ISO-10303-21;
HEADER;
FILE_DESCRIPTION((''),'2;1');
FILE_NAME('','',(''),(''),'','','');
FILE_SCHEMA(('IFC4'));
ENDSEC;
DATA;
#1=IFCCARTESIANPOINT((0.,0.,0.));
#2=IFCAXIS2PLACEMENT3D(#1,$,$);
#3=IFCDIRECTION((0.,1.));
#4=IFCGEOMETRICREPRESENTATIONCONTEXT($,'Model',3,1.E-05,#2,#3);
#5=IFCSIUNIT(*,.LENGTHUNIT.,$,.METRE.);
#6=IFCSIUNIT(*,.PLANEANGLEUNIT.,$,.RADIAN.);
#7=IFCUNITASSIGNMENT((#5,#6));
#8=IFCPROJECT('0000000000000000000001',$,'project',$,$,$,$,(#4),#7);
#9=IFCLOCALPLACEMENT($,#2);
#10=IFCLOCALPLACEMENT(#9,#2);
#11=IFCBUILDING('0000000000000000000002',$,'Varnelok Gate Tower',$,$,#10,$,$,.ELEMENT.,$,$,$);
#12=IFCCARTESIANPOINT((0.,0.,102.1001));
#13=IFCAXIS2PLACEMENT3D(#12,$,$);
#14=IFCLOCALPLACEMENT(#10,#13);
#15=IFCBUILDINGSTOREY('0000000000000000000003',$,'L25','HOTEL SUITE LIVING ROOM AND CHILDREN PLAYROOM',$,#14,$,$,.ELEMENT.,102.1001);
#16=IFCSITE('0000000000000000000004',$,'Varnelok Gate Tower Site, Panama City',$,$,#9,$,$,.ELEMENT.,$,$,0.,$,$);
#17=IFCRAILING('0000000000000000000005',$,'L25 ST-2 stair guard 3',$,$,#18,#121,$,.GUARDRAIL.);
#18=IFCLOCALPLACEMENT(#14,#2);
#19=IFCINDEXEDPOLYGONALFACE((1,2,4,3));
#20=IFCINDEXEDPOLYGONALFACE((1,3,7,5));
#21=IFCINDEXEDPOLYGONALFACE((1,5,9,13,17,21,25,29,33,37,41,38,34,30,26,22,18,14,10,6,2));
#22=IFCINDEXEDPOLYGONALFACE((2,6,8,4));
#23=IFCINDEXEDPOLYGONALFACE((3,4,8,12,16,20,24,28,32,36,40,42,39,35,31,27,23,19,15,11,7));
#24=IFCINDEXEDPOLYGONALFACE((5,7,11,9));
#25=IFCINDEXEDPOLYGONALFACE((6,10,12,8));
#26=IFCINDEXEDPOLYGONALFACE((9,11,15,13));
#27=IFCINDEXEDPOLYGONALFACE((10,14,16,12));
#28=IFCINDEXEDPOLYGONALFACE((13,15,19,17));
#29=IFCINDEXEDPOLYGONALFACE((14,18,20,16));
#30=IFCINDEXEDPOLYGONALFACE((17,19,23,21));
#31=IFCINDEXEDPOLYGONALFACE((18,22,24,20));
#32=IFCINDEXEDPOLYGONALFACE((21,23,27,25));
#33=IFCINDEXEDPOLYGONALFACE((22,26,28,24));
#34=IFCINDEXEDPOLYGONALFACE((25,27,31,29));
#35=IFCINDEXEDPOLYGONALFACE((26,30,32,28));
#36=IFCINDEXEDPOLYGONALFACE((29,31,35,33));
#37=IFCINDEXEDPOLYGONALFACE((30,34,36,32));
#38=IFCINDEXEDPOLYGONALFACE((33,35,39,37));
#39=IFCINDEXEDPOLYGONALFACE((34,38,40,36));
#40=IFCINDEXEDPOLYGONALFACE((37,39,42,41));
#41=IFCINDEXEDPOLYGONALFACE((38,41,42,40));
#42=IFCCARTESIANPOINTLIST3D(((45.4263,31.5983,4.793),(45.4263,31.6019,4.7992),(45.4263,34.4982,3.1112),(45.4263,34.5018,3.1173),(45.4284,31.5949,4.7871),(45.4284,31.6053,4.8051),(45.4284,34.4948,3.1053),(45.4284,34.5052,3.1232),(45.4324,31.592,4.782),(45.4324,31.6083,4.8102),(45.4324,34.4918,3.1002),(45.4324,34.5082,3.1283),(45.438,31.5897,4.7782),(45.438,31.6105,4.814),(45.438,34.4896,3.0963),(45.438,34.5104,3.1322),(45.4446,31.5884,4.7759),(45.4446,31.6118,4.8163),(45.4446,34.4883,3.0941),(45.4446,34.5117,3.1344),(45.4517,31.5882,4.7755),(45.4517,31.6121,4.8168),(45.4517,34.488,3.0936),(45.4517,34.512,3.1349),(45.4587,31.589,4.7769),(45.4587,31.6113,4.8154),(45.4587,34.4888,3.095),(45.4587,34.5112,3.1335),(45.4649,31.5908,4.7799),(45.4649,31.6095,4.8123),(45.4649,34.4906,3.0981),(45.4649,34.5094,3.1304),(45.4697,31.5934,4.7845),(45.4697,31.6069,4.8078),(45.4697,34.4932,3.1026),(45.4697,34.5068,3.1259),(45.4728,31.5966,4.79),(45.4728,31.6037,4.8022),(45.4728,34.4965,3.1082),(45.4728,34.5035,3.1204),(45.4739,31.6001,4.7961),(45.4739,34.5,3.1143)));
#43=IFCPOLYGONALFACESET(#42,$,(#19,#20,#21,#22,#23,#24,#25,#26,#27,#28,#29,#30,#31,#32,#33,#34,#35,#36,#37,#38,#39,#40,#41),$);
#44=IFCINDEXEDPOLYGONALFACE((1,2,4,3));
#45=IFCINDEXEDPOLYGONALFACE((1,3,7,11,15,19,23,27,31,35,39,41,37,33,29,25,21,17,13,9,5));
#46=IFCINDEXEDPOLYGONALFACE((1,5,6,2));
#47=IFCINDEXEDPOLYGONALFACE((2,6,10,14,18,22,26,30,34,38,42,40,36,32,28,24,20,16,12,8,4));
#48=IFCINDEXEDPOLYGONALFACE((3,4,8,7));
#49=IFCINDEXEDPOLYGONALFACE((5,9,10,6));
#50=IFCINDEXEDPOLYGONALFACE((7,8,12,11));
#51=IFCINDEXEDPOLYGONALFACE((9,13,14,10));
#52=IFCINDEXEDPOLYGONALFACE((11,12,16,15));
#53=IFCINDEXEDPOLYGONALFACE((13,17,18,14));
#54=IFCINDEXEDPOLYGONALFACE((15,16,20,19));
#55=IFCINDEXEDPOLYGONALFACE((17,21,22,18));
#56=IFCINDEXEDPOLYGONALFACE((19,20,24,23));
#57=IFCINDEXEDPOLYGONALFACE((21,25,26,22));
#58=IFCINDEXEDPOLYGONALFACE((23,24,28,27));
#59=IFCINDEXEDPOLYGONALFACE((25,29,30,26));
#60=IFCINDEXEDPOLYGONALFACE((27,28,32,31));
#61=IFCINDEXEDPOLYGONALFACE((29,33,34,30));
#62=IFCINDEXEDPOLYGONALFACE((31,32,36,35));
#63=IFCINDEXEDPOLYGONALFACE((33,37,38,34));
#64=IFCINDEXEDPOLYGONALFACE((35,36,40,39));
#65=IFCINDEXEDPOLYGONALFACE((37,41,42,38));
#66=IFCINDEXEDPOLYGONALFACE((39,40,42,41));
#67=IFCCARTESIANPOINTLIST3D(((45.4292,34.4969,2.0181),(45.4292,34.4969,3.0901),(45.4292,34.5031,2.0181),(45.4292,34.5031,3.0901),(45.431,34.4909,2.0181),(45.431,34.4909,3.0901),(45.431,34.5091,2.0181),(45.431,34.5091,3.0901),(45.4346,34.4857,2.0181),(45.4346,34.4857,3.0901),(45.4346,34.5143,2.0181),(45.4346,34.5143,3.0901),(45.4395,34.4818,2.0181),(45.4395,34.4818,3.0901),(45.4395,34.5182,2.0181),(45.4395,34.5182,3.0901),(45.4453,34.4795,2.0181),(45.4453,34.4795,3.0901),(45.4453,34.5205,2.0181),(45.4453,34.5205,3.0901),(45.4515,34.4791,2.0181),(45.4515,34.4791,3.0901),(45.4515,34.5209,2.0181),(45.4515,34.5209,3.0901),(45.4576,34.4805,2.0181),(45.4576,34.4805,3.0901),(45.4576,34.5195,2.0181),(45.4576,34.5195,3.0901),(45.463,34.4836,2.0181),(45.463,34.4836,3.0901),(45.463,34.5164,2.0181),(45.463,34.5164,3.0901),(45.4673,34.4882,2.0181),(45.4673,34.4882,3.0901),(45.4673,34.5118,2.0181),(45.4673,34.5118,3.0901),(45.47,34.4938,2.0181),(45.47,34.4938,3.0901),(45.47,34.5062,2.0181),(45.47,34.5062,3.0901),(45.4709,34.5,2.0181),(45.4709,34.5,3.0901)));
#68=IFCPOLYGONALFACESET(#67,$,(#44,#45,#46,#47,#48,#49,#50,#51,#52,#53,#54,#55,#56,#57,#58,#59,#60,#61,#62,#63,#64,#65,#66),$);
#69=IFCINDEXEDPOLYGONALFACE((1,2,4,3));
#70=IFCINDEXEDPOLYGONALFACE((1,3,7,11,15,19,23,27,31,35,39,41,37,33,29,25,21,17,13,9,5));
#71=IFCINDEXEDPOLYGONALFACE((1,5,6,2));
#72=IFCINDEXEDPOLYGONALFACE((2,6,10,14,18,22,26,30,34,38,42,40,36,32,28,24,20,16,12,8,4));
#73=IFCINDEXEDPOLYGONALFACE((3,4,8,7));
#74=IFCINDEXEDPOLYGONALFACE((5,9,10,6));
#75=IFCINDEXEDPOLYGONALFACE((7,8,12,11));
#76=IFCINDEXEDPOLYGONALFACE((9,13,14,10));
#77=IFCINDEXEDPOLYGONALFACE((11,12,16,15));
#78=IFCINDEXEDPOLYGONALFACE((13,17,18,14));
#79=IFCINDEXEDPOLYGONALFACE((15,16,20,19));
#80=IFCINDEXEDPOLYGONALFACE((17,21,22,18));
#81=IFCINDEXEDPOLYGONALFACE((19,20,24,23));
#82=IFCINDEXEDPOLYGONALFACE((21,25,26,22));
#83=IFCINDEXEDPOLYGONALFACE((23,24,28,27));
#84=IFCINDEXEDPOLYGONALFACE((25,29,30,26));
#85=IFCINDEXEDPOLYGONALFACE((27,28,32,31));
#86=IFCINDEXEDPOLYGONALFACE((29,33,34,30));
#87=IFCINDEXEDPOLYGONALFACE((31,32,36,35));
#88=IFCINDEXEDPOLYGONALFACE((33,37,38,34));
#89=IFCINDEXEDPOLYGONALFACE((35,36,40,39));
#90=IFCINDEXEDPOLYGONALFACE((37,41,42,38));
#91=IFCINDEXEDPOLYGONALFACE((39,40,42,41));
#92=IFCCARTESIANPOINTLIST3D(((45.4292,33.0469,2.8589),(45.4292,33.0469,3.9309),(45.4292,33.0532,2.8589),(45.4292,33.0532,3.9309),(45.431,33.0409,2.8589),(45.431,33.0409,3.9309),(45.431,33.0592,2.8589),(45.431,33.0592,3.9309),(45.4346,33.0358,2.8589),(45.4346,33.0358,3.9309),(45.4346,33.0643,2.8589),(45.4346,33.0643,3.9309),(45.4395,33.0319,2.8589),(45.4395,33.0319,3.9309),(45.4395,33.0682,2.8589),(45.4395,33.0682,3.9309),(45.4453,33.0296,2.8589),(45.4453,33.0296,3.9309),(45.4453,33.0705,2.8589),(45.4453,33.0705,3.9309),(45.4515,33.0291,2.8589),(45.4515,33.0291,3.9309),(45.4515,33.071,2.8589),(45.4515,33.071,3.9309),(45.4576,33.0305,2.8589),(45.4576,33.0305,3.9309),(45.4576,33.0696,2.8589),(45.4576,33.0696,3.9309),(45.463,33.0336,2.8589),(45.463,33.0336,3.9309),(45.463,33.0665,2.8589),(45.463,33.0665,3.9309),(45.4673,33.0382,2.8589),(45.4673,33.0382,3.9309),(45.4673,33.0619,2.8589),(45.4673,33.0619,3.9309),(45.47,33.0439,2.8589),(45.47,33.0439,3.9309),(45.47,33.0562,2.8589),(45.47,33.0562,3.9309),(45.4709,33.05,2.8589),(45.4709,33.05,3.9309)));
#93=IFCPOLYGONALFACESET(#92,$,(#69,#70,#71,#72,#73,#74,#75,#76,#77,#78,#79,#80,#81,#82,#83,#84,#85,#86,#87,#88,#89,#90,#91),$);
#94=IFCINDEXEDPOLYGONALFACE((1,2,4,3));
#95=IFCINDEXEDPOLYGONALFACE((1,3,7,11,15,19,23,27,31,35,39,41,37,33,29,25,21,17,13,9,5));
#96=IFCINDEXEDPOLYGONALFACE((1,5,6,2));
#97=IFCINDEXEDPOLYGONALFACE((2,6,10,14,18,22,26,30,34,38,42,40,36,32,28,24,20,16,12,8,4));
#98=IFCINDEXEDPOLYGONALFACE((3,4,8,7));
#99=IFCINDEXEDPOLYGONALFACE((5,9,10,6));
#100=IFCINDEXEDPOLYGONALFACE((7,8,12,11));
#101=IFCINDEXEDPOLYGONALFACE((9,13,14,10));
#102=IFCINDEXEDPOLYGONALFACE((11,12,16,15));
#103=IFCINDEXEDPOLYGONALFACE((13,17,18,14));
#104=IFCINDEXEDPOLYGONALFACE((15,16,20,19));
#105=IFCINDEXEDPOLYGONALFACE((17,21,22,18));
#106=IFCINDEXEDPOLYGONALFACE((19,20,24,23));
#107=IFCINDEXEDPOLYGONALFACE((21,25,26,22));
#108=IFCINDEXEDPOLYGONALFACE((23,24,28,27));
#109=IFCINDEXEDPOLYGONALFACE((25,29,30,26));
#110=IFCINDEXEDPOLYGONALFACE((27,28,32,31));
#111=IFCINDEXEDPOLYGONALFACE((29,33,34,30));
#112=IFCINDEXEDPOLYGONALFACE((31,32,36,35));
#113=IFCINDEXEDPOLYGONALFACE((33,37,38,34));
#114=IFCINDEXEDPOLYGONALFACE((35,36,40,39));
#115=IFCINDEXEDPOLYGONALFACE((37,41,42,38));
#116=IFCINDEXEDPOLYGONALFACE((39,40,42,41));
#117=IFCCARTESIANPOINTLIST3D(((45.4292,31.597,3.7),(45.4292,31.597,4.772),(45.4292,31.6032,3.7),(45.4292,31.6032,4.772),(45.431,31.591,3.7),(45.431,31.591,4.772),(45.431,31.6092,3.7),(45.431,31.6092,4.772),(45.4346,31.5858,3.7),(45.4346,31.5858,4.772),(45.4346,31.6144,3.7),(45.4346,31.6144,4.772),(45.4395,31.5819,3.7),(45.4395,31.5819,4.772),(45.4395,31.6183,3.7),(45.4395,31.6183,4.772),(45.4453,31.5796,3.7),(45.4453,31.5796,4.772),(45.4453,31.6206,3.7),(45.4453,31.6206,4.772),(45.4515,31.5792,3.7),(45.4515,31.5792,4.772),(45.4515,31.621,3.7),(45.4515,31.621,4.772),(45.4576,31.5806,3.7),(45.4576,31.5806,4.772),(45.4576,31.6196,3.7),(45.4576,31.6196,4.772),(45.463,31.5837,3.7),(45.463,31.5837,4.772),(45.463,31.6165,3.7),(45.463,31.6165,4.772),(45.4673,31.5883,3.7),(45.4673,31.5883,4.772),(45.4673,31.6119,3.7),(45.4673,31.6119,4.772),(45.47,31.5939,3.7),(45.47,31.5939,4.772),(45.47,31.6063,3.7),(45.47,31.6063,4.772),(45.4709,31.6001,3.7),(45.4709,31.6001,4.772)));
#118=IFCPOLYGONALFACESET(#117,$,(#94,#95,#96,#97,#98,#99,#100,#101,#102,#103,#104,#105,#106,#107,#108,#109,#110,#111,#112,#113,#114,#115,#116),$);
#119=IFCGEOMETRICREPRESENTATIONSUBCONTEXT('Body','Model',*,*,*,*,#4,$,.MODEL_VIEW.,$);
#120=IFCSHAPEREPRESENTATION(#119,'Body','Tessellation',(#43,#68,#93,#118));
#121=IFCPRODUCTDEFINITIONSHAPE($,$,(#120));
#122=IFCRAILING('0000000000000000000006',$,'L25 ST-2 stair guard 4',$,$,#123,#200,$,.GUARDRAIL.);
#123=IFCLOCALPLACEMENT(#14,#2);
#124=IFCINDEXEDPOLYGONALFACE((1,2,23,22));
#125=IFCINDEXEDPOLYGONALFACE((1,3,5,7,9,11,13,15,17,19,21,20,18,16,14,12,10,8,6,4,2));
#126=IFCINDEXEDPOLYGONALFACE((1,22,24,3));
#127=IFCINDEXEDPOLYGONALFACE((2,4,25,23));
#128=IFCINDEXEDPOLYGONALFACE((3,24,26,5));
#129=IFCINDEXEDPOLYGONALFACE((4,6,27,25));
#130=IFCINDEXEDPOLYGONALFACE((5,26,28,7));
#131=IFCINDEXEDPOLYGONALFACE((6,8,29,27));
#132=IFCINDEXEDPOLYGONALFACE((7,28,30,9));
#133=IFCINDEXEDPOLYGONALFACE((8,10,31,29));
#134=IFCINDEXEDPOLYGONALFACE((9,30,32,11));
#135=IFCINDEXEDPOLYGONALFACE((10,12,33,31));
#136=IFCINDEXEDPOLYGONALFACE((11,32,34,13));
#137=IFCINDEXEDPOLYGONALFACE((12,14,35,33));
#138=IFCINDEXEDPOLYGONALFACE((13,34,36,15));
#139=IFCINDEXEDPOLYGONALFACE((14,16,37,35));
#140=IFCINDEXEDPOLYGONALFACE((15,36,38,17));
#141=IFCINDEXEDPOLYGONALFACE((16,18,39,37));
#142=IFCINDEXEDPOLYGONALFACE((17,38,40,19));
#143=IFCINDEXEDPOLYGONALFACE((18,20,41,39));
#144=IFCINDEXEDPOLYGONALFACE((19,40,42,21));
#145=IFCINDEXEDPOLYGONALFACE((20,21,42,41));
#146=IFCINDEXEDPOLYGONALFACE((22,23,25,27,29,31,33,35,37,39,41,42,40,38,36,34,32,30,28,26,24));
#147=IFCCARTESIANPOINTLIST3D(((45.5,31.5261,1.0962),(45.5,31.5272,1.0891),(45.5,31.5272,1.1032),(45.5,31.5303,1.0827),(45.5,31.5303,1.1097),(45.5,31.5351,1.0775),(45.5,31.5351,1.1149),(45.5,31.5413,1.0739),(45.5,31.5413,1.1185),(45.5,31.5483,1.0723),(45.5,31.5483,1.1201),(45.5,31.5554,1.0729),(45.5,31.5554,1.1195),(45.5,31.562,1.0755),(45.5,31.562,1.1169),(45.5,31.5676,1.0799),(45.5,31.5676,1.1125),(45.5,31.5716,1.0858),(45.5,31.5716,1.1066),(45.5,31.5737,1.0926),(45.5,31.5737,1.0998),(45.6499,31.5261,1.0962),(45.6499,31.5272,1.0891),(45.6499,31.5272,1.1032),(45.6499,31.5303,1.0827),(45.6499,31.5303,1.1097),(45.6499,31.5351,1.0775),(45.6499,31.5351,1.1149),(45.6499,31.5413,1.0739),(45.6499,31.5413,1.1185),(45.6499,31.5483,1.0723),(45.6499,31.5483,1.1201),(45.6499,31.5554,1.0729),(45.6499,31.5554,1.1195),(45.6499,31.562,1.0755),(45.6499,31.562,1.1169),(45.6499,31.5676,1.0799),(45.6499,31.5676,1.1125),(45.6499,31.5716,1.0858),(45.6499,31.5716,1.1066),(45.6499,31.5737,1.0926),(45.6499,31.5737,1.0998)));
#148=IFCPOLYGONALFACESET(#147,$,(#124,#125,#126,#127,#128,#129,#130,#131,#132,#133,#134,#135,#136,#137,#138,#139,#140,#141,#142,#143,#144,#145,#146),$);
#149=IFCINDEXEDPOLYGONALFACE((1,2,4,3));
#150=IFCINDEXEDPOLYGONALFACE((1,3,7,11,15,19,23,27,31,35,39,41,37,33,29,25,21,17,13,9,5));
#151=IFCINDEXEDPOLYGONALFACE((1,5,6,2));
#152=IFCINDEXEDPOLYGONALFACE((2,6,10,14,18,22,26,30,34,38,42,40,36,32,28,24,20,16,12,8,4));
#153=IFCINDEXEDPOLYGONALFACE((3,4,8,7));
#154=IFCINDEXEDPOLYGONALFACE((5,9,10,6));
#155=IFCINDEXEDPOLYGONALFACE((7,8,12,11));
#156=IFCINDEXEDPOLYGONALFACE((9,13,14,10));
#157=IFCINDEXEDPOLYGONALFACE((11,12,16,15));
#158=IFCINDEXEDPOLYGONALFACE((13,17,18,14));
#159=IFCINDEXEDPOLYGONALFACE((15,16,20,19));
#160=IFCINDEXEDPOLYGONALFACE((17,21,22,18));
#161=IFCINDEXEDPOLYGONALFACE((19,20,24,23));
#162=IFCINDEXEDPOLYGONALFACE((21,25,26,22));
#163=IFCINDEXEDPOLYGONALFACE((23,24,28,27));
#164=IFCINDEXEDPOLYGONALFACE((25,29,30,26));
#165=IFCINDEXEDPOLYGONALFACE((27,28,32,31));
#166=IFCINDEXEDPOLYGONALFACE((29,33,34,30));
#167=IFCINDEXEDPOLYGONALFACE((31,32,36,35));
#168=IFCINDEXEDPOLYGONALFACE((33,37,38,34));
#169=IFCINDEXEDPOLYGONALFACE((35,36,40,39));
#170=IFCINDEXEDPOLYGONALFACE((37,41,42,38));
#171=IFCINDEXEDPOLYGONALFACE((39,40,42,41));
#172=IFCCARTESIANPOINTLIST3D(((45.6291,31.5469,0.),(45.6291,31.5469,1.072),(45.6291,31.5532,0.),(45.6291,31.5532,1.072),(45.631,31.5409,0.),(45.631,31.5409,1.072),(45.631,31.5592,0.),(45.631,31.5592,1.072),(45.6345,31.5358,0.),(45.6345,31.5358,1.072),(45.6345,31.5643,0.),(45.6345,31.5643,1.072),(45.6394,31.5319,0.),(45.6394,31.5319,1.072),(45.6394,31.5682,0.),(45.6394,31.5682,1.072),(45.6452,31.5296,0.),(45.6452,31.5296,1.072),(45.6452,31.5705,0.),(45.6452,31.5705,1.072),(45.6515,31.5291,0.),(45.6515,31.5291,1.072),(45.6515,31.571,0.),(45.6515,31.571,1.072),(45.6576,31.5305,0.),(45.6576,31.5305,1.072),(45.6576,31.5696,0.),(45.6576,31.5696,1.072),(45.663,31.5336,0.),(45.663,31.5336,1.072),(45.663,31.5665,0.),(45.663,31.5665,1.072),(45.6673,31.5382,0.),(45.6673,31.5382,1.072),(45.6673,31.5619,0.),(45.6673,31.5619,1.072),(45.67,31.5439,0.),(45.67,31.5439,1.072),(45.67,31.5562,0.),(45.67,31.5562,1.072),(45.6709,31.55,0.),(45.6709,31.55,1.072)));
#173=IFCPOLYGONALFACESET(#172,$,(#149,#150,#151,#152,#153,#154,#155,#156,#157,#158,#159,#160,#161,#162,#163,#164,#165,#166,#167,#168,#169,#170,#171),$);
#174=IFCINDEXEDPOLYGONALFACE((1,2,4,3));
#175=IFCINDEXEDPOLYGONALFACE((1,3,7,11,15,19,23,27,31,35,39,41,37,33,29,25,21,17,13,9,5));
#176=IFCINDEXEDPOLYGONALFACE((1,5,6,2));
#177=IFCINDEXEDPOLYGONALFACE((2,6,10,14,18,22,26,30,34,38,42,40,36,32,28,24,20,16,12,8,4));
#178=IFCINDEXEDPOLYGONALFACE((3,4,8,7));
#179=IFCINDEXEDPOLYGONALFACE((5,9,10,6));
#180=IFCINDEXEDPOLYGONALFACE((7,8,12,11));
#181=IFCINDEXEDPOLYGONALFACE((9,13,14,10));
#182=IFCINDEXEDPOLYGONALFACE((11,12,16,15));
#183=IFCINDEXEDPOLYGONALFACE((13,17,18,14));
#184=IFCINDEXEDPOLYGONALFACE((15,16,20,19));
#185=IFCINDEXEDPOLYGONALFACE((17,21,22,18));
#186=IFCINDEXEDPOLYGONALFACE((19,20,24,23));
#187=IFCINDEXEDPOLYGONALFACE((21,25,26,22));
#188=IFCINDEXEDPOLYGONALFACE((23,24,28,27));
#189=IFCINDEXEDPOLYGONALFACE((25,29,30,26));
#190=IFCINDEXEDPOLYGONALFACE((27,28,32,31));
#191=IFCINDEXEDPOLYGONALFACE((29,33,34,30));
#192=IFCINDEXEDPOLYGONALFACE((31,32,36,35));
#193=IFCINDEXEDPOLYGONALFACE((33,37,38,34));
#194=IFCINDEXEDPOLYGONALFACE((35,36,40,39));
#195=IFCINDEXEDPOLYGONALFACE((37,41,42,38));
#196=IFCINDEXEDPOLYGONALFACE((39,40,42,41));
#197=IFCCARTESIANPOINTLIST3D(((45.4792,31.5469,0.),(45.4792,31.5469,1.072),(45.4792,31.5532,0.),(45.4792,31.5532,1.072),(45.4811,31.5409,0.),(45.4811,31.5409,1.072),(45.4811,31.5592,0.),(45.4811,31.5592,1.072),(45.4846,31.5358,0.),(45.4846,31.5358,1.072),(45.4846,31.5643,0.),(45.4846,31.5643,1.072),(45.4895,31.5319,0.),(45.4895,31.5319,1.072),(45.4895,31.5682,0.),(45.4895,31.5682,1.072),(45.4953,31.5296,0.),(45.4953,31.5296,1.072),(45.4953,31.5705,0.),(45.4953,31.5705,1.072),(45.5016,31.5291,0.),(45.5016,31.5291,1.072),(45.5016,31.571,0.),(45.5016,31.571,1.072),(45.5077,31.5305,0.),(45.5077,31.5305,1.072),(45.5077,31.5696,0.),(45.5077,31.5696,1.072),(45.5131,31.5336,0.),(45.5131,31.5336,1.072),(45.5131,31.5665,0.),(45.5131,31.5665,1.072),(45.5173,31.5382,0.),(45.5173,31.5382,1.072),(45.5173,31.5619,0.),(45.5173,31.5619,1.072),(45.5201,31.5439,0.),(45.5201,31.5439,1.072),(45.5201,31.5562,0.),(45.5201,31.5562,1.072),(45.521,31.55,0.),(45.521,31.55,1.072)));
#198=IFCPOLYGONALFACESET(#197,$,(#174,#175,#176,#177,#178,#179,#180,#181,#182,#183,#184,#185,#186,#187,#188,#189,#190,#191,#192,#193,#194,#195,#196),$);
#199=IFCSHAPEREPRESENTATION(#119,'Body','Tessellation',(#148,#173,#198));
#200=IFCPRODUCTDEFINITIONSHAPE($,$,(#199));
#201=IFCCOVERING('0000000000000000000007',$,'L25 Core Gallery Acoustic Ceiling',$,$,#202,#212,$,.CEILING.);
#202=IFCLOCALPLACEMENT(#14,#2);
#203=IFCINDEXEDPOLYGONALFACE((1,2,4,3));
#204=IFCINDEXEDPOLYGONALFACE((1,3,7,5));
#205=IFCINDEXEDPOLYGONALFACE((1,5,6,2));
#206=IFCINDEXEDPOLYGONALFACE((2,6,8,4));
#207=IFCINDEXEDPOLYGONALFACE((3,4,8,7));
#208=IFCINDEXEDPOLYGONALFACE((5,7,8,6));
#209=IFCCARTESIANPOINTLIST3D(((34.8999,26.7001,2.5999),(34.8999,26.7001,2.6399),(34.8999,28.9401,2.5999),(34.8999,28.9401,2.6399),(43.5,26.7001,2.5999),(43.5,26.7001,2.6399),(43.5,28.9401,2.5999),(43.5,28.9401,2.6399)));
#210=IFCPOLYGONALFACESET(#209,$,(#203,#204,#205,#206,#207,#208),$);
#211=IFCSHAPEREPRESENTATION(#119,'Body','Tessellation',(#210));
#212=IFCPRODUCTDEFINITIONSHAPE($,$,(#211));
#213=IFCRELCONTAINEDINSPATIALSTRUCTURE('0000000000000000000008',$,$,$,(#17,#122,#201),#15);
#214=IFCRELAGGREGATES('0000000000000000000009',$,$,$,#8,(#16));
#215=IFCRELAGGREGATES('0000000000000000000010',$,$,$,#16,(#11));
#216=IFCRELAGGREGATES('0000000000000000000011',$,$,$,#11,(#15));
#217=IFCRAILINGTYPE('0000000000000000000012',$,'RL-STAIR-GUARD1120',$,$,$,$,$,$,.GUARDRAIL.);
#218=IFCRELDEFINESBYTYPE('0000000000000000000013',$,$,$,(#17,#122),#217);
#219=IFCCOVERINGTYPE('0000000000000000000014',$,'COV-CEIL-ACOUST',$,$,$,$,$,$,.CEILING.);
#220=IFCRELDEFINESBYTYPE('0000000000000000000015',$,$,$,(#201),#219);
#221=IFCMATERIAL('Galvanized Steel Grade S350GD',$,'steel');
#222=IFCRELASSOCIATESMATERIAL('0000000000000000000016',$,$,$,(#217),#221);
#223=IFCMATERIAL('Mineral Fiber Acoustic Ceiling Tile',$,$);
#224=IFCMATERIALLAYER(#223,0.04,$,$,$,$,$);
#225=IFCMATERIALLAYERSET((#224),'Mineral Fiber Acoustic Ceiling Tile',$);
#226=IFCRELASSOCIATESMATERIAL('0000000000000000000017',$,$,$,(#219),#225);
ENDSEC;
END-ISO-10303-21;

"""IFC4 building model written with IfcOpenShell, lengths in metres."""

from ifc_helpers import new_model, si_unit, direction, frame, origin, origin_2d, place, context, subcontext, project, spatial, rectangle, circle, extrude, source, transform, mapped, material, layer, layer_set, type_object, element, save


model = new_model("IFC4")

# Units and contexts
model_context = context("Model", 3, precision=1e-05, world=origin(), true_north=direction((0.0, 1.0)))
body_context = subcontext(model_context, "Body", "Model", "MODEL_VIEW")
ifc_project = project(units=[si_unit("LENGTHUNIT", "METRE"), si_unit("PLANEANGLEUNIT", "RADIAN")], contexts=[model_context])

# Site, building, storey
site_placement = place(None, origin())
site = spatial("IfcSite", under=ifc_project, at=site_placement, Name="Varnelok Gate Tower Site, Panama City", CompositionType="ELEMENT", RefElevation=0.0)
building_placement = place(site_placement, origin())
building = spatial("IfcBuilding", under=site, at=building_placement, Name="Varnelok Gate Tower", CompositionType="ELEMENT")
storey_placement = place(building_placement, frame((0.0, 0.0, 102.1001)))
storey = spatial("IfcBuildingStorey", under=building, at=storey_placement, Name="L25", Description="HOTEL SUITE LIVING ROOM AND CHILDREN PLAYROOM", CompositionType="ELEMENT", Elevation=102.1001)

# Shared definitions
ifc_material_1 = material(Name="Galvanized Steel Grade S350GD", Category="steel")

# Railings
railing_type_1 = type_object("IfcRailingType", Name="RL-STAIR-GUARD1120", PredefinedType="GUARDRAIL", material=ifc_material_1)
railing_1_placement = place(storey_placement, frame((45.45, 34.5, 2.0181)))
element("IfcRailing", 1, at=railing_1_placement, inside=storey, type_object=railing_type_1, Name="L25 ST-2 stair guard 3", PredefinedType="GUARDRAIL", context=body_context, shape_type="SweptSolid", body=[
    extrude(circle(Radius=0.0239, at=origin_2d()), frame((0.0, 0.0, 1.0962), z_axis=(0.0, -0.865039, 0.501705), x_axis=(1.0, 0.0, 0.0)), (0.0, 0.0, 1.0), 3.3523),
    extrude(circle(Radius=0.021, at=origin_2d()), origin(), (0.0, 0.0, 1.0), 1.072),
    extrude(circle(Radius=0.021, at=origin_2d()), frame((0.0, -1.45, 0.8408)), (0.0, 0.0, 1.0), 1.072),
    extrude(circle(Radius=0.021, at=origin_2d()), frame((0.0, -2.8999, 1.6819)), (0.0, 0.0, 1.0), 1.072),
])
railing_2_placement = place(storey_placement, frame((45.6499, 31.55, 0.0)))
element("IfcRailing", 2, at=railing_2_placement, inside=storey, type_object=railing_type_1, Name="L25 ST-2 stair guard 4", PredefinedType="GUARDRAIL", context=body_context, shape_type="SweptSolid", body=[
    extrude(circle(Radius=0.0239, at=origin_2d()), frame((0.0, 0.0, 1.0962), z_axis=(-1.0, 0.0, 0.0), x_axis=(0.0, -1.0, 0.0)), (0.0, 0.0, 1.0), 0.1499),
    extrude(circle(Radius=0.021, at=origin_2d()), origin(), (0.0, 0.0, 1.0), 1.072),
    extrude(circle(Radius=0.021, at=origin_2d()), frame((-0.1499, 0.0, 0.0)), (0.0, 0.0, 1.0), 1.072),
])

# Covering
ifc_material_2 = material(Name="Mineral Fiber Acoustic Ceiling Tile")
ifc_layer_1 = layer(ifc_material_2, 0.04)
ifc_layer_set_1 = layer_set([ifc_layer_1], Name="Mineral Fiber Acoustic Ceiling Tile")
covering_type = type_object("IfcCoveringType", Name="COV-CEIL-ACOUST", PredefinedType="CEILING", material=ifc_layer_set_1)
shared_shape = source(origin(), body_context, "Body", "SweptSolid", [
    extrude(rectangle(XDim=8.6001, YDim=2.24, at=origin_2d()), origin(), (0.0, 0.0, 1.0), 0.04),
])
covering_placement = place(storey_placement, frame((39.2, 27.8201, 2.5999), z_axis=(0.0, 0.0, 1.0), x_axis=(1.0, 0.0, 0.0)))
element("IfcCovering", 3, at=covering_placement, inside=storey, type_object=covering_type, Name="L25 Core Gallery Acoustic Ceiling", PredefinedType="CEILING", context=body_context, shape_type="MappedRepresentation", body=[
    mapped(shared_shape, transform((0.0, 0.0, 0.0), scale=1.0)),
])

save(model, "model.ifc")
